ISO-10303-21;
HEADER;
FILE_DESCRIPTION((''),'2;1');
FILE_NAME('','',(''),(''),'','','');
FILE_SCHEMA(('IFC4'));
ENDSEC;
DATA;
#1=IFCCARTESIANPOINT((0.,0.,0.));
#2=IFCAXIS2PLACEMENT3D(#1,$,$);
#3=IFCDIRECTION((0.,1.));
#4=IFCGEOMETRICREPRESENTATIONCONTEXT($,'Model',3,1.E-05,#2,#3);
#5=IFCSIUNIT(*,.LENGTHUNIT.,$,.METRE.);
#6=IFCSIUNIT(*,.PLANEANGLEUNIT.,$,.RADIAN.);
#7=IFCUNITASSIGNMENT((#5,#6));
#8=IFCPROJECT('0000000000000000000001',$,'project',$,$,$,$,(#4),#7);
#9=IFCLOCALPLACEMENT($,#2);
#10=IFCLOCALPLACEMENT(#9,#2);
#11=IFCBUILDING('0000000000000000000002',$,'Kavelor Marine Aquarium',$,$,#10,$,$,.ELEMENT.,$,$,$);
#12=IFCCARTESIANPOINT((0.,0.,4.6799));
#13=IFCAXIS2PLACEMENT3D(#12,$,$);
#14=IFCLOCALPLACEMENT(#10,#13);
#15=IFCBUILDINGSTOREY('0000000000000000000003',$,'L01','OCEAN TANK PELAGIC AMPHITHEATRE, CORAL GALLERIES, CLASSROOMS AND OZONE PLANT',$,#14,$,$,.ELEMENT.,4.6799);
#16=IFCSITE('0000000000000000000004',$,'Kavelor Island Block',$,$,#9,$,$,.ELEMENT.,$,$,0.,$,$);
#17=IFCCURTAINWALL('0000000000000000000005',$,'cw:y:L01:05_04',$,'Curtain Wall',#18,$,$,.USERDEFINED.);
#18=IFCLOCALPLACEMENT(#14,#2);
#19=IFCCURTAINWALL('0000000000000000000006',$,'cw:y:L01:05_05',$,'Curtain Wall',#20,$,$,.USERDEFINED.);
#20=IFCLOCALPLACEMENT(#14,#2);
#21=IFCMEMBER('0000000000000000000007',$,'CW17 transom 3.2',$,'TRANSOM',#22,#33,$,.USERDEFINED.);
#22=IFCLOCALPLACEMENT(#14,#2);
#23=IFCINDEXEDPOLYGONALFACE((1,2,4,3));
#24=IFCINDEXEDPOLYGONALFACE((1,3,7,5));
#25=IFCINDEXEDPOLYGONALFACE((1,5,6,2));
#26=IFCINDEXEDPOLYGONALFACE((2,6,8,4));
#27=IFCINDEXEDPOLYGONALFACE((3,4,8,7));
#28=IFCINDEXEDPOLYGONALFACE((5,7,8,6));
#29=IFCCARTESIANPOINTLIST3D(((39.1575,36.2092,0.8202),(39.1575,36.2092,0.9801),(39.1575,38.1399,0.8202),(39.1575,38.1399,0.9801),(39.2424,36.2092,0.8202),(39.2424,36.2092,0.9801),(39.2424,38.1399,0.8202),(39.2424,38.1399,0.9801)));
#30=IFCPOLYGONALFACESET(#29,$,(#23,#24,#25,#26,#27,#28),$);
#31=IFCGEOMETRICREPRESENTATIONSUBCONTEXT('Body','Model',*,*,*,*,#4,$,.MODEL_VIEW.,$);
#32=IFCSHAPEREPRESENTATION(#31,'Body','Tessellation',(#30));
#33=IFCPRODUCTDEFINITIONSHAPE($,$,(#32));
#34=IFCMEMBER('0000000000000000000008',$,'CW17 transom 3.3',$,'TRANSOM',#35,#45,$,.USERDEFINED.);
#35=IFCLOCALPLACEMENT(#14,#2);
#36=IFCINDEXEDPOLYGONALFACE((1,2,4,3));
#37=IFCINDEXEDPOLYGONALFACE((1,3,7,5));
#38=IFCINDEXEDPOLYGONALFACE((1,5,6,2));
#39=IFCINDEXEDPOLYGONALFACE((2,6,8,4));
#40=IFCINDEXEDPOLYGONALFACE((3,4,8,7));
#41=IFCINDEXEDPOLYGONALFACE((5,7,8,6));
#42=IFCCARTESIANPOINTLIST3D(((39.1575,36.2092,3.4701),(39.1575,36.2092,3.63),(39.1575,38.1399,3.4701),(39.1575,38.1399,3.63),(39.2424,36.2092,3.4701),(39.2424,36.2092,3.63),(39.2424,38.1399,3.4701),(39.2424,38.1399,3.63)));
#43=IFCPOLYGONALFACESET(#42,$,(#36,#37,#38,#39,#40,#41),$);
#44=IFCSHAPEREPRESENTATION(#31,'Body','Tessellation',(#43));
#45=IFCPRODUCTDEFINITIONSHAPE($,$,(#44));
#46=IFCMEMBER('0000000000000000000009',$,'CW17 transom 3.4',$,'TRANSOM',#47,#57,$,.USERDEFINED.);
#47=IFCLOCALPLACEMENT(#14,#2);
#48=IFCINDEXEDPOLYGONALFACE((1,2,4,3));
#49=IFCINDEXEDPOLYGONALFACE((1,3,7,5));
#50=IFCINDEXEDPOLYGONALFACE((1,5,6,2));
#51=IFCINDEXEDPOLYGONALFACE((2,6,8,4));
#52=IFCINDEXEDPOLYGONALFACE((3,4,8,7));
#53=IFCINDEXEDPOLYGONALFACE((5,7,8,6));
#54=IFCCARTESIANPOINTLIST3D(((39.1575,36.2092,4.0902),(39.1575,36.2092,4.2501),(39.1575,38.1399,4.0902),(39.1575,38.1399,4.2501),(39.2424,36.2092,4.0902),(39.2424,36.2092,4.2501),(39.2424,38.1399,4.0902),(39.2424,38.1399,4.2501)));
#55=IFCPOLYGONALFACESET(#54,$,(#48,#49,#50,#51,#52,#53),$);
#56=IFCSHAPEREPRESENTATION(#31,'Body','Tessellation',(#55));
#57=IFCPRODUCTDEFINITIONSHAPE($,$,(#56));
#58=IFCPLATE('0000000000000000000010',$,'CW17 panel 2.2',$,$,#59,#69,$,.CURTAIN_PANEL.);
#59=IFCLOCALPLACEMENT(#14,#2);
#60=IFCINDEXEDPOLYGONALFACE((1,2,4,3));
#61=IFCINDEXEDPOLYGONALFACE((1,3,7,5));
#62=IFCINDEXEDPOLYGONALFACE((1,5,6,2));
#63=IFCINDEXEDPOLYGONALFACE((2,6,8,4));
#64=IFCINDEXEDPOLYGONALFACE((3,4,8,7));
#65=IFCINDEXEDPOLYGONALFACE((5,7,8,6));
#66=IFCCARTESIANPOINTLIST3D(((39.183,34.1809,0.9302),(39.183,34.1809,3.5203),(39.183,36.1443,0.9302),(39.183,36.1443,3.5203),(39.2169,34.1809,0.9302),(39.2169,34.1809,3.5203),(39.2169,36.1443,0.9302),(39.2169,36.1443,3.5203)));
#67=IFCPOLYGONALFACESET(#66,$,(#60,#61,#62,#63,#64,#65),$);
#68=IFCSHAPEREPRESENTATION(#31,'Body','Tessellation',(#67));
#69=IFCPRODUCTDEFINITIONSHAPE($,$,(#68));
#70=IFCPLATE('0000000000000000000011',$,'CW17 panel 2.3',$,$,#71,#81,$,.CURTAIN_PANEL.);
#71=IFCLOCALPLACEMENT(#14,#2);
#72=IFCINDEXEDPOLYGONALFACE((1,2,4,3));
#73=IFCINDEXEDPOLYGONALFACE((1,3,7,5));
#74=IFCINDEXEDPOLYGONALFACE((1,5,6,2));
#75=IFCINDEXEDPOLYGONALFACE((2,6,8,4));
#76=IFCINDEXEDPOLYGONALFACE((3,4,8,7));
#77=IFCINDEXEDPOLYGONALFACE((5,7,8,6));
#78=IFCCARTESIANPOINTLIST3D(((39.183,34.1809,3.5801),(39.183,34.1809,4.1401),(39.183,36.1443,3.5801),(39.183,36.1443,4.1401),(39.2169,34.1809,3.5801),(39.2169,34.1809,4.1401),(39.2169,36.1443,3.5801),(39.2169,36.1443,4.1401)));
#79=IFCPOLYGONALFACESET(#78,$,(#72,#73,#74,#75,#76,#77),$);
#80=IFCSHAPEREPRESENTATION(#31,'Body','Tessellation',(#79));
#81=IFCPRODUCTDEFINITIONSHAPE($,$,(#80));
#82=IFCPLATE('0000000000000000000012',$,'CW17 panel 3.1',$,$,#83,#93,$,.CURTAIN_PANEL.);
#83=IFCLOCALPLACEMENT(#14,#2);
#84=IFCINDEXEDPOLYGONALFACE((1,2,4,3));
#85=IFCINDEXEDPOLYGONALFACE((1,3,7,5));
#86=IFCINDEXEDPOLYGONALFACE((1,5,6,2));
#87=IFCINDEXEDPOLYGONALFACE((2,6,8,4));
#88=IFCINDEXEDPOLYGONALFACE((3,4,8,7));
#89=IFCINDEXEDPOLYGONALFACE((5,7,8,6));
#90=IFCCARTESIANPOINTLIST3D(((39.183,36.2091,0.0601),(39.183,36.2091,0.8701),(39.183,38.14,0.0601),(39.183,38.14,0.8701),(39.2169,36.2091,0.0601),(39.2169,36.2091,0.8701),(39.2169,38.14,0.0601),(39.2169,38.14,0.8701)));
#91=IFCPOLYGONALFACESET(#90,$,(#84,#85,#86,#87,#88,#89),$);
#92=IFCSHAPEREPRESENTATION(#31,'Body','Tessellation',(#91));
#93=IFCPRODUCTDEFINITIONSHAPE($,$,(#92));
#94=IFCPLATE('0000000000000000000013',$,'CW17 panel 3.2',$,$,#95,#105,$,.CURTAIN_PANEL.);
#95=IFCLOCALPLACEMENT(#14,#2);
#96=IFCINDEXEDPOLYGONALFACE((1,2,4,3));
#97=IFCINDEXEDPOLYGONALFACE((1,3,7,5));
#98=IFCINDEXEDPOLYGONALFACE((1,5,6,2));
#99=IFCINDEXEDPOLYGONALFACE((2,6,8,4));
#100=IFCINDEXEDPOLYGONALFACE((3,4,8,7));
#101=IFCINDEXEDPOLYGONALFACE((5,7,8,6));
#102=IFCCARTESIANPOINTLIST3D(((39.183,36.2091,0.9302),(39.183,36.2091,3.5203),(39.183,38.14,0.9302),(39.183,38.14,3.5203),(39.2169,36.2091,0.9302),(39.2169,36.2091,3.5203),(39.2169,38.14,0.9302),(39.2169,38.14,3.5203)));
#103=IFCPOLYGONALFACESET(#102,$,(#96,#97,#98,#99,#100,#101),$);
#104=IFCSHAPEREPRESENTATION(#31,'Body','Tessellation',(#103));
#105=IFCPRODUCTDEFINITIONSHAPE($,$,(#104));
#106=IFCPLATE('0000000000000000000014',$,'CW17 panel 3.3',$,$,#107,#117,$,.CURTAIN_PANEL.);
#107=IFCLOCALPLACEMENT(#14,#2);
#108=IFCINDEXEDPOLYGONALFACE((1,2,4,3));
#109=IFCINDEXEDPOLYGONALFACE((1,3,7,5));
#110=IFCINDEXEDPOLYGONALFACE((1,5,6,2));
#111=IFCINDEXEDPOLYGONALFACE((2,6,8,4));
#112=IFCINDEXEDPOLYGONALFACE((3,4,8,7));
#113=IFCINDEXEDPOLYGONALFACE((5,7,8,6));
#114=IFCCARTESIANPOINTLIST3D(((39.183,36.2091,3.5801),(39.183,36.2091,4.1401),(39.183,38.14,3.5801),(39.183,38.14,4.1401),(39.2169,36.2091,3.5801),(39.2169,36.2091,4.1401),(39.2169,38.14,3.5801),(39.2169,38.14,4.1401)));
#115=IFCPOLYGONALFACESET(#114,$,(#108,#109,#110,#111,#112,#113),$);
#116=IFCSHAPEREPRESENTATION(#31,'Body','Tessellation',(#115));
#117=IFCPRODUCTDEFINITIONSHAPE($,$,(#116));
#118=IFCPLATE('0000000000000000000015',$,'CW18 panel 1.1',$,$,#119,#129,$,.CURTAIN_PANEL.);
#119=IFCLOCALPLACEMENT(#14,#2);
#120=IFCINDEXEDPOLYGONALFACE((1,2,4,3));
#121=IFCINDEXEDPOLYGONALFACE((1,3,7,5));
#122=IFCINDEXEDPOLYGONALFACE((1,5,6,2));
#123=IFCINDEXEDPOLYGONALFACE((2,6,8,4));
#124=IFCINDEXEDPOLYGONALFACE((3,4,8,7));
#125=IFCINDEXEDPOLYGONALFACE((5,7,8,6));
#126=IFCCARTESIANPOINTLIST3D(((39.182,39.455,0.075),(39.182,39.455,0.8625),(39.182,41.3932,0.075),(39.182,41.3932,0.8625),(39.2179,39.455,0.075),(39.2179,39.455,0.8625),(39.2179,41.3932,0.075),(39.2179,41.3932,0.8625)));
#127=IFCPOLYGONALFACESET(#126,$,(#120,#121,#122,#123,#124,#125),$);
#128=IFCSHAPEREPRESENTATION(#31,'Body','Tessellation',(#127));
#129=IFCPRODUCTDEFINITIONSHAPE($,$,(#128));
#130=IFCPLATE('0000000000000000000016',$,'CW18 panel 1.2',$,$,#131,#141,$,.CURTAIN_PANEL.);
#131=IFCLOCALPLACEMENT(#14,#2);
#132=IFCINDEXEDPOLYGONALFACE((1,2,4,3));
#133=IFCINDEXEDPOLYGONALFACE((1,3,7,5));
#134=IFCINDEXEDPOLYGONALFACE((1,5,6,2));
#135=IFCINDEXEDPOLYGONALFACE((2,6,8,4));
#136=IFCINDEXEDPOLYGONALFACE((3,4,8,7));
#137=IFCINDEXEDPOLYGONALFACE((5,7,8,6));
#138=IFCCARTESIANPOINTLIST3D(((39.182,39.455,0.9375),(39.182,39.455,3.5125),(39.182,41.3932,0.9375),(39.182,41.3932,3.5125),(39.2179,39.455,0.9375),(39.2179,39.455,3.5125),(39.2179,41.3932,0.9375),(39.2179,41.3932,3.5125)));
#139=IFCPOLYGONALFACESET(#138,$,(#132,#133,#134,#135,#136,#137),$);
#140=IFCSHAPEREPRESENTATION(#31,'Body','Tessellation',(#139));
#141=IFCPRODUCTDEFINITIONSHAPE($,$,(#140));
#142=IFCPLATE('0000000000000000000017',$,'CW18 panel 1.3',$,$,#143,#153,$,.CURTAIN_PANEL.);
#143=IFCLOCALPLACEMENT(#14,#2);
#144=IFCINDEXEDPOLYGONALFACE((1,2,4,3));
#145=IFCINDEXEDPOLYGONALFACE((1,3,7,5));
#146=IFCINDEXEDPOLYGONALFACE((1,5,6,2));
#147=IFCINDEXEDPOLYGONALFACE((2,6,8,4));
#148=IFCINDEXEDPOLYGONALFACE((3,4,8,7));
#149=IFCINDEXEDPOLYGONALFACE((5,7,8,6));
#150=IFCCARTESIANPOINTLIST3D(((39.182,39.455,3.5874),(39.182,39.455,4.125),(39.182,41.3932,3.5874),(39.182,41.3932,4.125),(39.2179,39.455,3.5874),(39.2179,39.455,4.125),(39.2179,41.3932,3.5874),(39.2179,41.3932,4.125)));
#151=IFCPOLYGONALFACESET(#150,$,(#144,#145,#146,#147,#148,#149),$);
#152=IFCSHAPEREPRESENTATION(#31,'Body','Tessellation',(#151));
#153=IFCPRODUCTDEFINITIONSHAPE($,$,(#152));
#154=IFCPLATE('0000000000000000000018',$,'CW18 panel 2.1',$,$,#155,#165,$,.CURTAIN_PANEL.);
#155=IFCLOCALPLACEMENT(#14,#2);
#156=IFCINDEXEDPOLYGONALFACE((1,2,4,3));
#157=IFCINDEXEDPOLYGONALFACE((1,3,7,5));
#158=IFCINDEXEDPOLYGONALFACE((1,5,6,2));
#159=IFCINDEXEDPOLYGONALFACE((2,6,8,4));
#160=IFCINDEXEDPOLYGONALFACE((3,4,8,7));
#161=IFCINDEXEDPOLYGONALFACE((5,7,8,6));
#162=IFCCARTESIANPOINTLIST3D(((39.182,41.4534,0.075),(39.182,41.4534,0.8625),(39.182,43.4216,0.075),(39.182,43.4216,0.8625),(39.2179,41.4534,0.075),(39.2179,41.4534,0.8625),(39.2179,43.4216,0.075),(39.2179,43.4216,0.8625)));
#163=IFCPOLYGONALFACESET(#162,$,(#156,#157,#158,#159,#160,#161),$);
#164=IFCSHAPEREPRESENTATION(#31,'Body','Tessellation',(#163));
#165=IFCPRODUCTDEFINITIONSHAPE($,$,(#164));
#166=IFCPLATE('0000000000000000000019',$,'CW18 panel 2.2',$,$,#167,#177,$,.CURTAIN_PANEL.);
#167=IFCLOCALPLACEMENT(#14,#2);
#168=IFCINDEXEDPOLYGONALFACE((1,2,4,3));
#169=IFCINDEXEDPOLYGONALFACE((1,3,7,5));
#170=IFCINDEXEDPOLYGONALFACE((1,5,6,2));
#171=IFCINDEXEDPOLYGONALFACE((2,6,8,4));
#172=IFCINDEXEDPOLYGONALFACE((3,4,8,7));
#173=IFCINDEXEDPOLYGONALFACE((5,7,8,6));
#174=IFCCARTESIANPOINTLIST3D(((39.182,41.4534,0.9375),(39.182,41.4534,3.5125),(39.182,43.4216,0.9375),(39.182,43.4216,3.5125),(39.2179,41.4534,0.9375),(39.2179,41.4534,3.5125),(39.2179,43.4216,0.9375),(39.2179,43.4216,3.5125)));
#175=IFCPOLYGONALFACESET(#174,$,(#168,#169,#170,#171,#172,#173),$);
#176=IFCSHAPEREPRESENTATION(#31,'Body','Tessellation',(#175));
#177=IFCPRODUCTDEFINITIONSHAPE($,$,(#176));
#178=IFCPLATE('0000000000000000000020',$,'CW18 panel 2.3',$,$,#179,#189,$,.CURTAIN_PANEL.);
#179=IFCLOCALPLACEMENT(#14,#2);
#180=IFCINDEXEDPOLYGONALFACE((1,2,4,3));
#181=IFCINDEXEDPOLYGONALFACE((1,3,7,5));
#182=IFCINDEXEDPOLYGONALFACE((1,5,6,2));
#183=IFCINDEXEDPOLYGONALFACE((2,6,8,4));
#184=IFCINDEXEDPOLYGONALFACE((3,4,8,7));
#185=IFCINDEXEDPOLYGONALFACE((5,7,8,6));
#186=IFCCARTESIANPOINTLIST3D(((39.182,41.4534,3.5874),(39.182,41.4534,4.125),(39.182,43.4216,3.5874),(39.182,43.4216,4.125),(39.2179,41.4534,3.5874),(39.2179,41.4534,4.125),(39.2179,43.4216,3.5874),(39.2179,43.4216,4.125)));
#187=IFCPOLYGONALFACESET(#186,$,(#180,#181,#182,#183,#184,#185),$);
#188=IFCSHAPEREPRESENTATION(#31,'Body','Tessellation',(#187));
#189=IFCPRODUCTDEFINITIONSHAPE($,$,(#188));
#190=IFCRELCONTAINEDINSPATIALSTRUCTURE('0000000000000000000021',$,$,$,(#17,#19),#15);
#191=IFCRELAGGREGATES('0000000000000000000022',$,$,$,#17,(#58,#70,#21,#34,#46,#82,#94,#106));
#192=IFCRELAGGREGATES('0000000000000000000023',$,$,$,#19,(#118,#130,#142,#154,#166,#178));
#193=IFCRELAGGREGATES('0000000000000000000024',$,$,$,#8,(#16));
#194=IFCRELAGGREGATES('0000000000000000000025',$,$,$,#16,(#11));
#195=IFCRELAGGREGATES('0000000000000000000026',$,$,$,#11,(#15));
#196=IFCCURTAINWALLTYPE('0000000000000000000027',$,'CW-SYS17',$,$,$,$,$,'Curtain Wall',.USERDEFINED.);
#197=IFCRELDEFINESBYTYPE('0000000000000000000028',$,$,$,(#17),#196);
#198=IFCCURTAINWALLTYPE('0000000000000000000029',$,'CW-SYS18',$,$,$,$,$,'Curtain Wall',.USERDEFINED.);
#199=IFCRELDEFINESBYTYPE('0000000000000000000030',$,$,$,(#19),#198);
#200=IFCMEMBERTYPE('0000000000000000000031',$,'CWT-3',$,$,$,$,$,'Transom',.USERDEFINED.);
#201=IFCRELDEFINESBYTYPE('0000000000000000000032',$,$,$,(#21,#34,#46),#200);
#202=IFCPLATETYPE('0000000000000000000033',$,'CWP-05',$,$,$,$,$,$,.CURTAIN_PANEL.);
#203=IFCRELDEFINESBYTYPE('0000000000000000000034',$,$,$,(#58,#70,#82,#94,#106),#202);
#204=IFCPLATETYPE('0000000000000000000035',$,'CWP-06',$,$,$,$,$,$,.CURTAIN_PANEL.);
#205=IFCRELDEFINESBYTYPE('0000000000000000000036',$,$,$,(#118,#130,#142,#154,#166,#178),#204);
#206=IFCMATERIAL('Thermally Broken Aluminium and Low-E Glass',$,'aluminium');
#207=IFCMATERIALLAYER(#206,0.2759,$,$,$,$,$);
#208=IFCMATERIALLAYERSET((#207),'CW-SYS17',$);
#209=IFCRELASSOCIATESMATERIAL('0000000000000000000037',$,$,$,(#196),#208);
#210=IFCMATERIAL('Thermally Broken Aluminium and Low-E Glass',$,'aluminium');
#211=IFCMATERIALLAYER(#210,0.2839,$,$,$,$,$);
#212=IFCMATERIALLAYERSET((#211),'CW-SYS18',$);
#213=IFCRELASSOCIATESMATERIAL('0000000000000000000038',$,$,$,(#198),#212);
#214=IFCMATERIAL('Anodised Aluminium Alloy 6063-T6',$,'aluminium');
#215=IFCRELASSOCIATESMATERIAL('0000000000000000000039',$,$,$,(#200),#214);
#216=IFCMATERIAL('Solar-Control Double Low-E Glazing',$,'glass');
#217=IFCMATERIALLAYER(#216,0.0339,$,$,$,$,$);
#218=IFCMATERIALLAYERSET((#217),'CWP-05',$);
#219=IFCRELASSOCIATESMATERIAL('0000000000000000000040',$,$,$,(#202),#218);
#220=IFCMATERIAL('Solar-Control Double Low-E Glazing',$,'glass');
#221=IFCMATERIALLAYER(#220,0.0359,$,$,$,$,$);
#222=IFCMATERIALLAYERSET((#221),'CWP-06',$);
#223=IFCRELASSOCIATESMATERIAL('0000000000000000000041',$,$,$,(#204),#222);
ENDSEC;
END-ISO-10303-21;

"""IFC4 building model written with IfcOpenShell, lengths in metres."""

from ifc_helpers import new_model, si_unit, direction, frame, origin, origin_2d, place, context, subcontext, project, spatial, rectangle, extrude, material, layer, layer_set, material_profile, profile_set, type_object, element, aggregate, save


model = new_model("IFC4")

# Units and contexts
model_context = context("Model", 3, precision=1e-05, world=origin(), true_north=direction((0.0, 1.0)))
body_context = subcontext(model_context, "Body", "Model", "MODEL_VIEW")
ifc_project = project(units=[si_unit("LENGTHUNIT", "METRE"), si_unit("PLANEANGLEUNIT", "RADIAN")], contexts=[model_context])

# Site, building, storey
site_placement = place(None, origin())
site = spatial("IfcSite", under=ifc_project, at=site_placement, Name="Kavelor Island Block", CompositionType="ELEMENT", RefElevation=0.0)
building_placement = place(site_placement, origin())
building = spatial("IfcBuilding", under=site, at=building_placement, Name="Kavelor Marine Aquarium", CompositionType="ELEMENT")
storey_placement = place(building_placement, frame((0.0, 0.0, 4.6799)))
storey = spatial("IfcBuildingStorey", under=building, at=storey_placement, Name="L01", Description="OCEAN TANK PELAGIC AMPHITHEATRE, CORAL GALLERIES, CLASSROOMS AND OZONE PLANT", CompositionType="ELEMENT", Elevation=4.6799)

# Curtain walls
ifc_material_1 = material(Name="Thermally Broken Aluminium and Low-E Glass", Category="aluminium")
ifc_layer_1 = layer(ifc_material_1, 0.2759)
ifc_layer_set_1 = layer_set([ifc_layer_1], Name="CW-SYS17")
curtain_wall_type_1 = type_object("IfcCurtainWallType", Name="CW-SYS17", ElementType="Curtain Wall", PredefinedType="USERDEFINED", material=ifc_layer_set_1)
curtain_wall_1_placement = place(storey_placement, origin())
curtain_wall_1 = element("IfcCurtainWall", 1, at=curtain_wall_1_placement, inside=storey, type_object=curtain_wall_type_1, Name="cw:y:L01:05_04", ObjectType="Curtain Wall", PredefinedType="USERDEFINED")
ifc_material_2 = material(Name="Thermally Broken Aluminium and Low-E Glass", Category="aluminium")
ifc_layer_2 = layer(ifc_material_2, 0.2839)
ifc_layer_set_2 = layer_set([ifc_layer_2], Name="CW-SYS18")
curtain_wall_type_2 = type_object("IfcCurtainWallType", Name="CW-SYS18", ElementType="Curtain Wall", PredefinedType="USERDEFINED", material=ifc_layer_set_2)
curtain_wall_2_placement = place(storey_placement, origin())
curtain_wall_2 = element("IfcCurtainWall", 2, at=curtain_wall_2_placement, inside=storey, type_object=curtain_wall_type_2, Name="cw:y:L01:05_05", ObjectType="Curtain Wall", PredefinedType="USERDEFINED")

# Members
ifc_material_3 = material(Name="Anodised Aluminium Alloy 6063-T6", Category="aluminium")
ifc_material_profile_1 = material_profile(ifc_material_3, rectangle(XDim=0.085, YDim=0.1599, at=origin_2d()), Name="CW-TRN 85x160")
ifc_profile_set_1 = profile_set([ifc_material_profile_1], Name="Anodised Aluminium Alloy 6063-T6")
member_type_1 = type_object("IfcMemberType", Name="CWT-3", ElementType="Transom", PredefinedType="USERDEFINED", material=ifc_profile_set_1)
member_1_placement = place(storey_placement, frame((39.2, 36.2092, 0.9001), z_axis=(0.0, 1.0, 0.0), x_axis=(-1.0, 0.0, 0.0)))
member_1 = element("IfcMember", 3, at=member_1_placement, type_object=member_type_1, Name="CW17 transom 3.2", ObjectType="TRANSOM", PredefinedType="USERDEFINED", context=body_context, shape_type="SweptSolid", body=[
    extrude(rectangle(XDim=0.085, YDim=0.1599, at=origin_2d()), origin(), (0.0, 0.0, 1.0), 1.9307),
])
member_2_placement = place(storey_placement, frame((39.2, 36.2092, 3.55), z_axis=(0.0, 1.0, 0.0), x_axis=(-1.0, 0.0, 0.0)))
member_2 = element("IfcMember", 4, at=member_2_placement, type_object=member_type_1, Name="CW17 transom 3.3", ObjectType="TRANSOM", PredefinedType="USERDEFINED", context=body_context, shape_type="SweptSolid", body=[
    extrude(rectangle(XDim=0.085, YDim=0.1599, at=origin_2d()), origin(), (0.0, 0.0, 1.0), 1.9307),
])
member_3_placement = place(storey_placement, frame((39.2, 36.2092, 4.1702), z_axis=(0.0, 1.0, 0.0), x_axis=(-1.0, 0.0, 0.0)))
member_3 = element("IfcMember", 5, at=member_3_placement, type_object=member_type_1, Name="CW17 transom 3.4", ObjectType="TRANSOM", PredefinedType="USERDEFINED", context=body_context, shape_type="SweptSolid", body=[
    extrude(rectangle(XDim=0.085, YDim=0.1599, at=origin_2d()), origin(), (0.0, 0.0, 1.0), 1.9307),
])

# Plates
ifc_material_4 = material(Name="Solar-Control Double Low-E Glazing", Category="glass")
ifc_layer_3 = layer(ifc_material_4, 0.0339)
ifc_layer_set_3 = layer_set([ifc_layer_3], Name="CWP-05")
plate_type_1 = type_object("IfcPlateType", Name="CWP-05", PredefinedType="CURTAIN_PANEL", material=ifc_layer_set_3)
plate_1_placement = place(storey_placement, frame((39.2, 35.1626, 0.9302), z_axis=(0.0, 0.0, 1.0), x_axis=(0.0, 1.0, 0.0)))
plate_1 = element("IfcPlate", 6, at=plate_1_placement, type_object=plate_type_1, Name="CW17 panel 2.2", PredefinedType="CURTAIN_PANEL", context=body_context, shape_type="SweptSolid", body=[
    extrude(rectangle(XDim=1.9634, YDim=0.0339, at=origin_2d()), origin(), (0.0, 0.0, 1.0), 2.5901),
])
plate_2_placement = place(storey_placement, frame((39.2, 35.1626, 3.5801), z_axis=(0.0, 0.0, 1.0), x_axis=(0.0, 1.0, 0.0)))
plate_2 = element("IfcPlate", 7, at=plate_2_placement, type_object=plate_type_1, Name="CW17 panel 2.3", PredefinedType="CURTAIN_PANEL", context=body_context, shape_type="SweptSolid", body=[
    extrude(rectangle(XDim=1.9634, YDim=0.0339, at=origin_2d()), origin(), (0.0, 0.0, 1.0), 0.5601),
])
plate_3_placement = place(storey_placement, frame((39.2, 37.1746, 0.0601), z_axis=(0.0, 0.0, 1.0), x_axis=(0.0, 1.0, 0.0)))
plate_3 = element("IfcPlate", 8, at=plate_3_placement, type_object=plate_type_1, Name="CW17 panel 3.1", PredefinedType="CURTAIN_PANEL", context=body_context, shape_type="SweptSolid", body=[
    extrude(rectangle(XDim=1.9309, YDim=0.0339, at=origin_2d()), origin(), (0.0, 0.0, 1.0), 0.8101),
])
plate_4_placement = place(storey_placement, frame((39.2, 37.1746, 0.9302), z_axis=(0.0, 0.0, 1.0), x_axis=(0.0, 1.0, 0.0)))
plate_4 = element("IfcPlate", 9, at=plate_4_placement, type_object=plate_type_1, Name="CW17 panel 3.2", PredefinedType="CURTAIN_PANEL", context=body_context, shape_type="SweptSolid", body=[
    extrude(rectangle(XDim=1.9309, YDim=0.0339, at=origin_2d()), origin(), (0.0, 0.0, 1.0), 2.5901),
])
plate_5_placement = place(storey_placement, frame((39.2, 37.1746, 3.5801), z_axis=(0.0, 0.0, 1.0), x_axis=(0.0, 1.0, 0.0)))
plate_5 = element("IfcPlate", 10, at=plate_5_placement, type_object=plate_type_1, Name="CW17 panel 3.3", PredefinedType="CURTAIN_PANEL", context=body_context, shape_type="SweptSolid", body=[
    extrude(rectangle(XDim=1.9309, YDim=0.0339, at=origin_2d()), origin(), (0.0, 0.0, 1.0), 0.5601),
])
aggregate(curtain_wall_1, [plate_1, plate_2, member_1, member_2, member_3, plate_3, plate_4, plate_5])
ifc_material_5 = material(Name="Solar-Control Double Low-E Glazing", Category="glass")
ifc_layer_4 = layer(ifc_material_5, 0.0359)
ifc_layer_set_4 = layer_set([ifc_layer_4], Name="CWP-06")
plate_type_2 = type_object("IfcPlateType", Name="CWP-06", PredefinedType="CURTAIN_PANEL", material=ifc_layer_set_4)
plate_6_placement = place(storey_placement, frame((39.2, 40.4241, 0.075), z_axis=(0.0, 0.0, 1.0), x_axis=(0.0, 1.0, 0.0)))
plate_6 = element("IfcPlate", 11, at=plate_6_placement, type_object=plate_type_2, Name="CW18 panel 1.1", PredefinedType="CURTAIN_PANEL", context=body_context, shape_type="SweptSolid", body=[
    extrude(rectangle(XDim=1.9382, YDim=0.0359, at=origin_2d()), origin(), (0.0, 0.0, 1.0), 0.7876),
])
plate_7_placement = place(storey_placement, frame((39.2, 40.4241, 0.9375), z_axis=(0.0, 0.0, 1.0), x_axis=(0.0, 1.0, 0.0)))
plate_7 = element("IfcPlate", 12, at=plate_7_placement, type_object=plate_type_2, Name="CW18 panel 1.2", PredefinedType="CURTAIN_PANEL", context=body_context, shape_type="SweptSolid", body=[
    extrude(rectangle(XDim=1.9382, YDim=0.0359, at=origin_2d()), origin(), (0.0, 0.0, 1.0), 2.575),
])
plate_8_placement = place(storey_placement, frame((39.2, 40.4241, 3.5874), z_axis=(0.0, 0.0, 1.0), x_axis=(0.0, 1.0, 0.0)))
plate_8 = element("IfcPlate", 13, at=plate_8_placement, type_object=plate_type_2, Name="CW18 panel 1.3", PredefinedType="CURTAIN_PANEL", context=body_context, shape_type="SweptSolid", body=[
    extrude(rectangle(XDim=1.9382, YDim=0.0359, at=origin_2d()), origin(), (0.0, 0.0, 1.0), 0.5376),
])
plate_9_placement = place(storey_placement, frame((39.2, 42.4375, 0.075), z_axis=(0.0, 0.0, 1.0), x_axis=(0.0, 1.0, 0.0)))
plate_9 = element("IfcPlate", 14, at=plate_9_placement, type_object=plate_type_2, Name="CW18 panel 2.1", PredefinedType="CURTAIN_PANEL", context=body_context, shape_type="SweptSolid", body=[
    extrude(rectangle(XDim=1.9683, YDim=0.0359, at=origin_2d()), origin(), (0.0, 0.0, 1.0), 0.7876),
])
plate_10_placement = place(storey_placement, frame((39.2, 42.4375, 0.9375), z_axis=(0.0, 0.0, 1.0), x_axis=(0.0, 1.0, 0.0)))
plate_10 = element("IfcPlate", 15, at=plate_10_placement, type_object=plate_type_2, Name="CW18 panel 2.2", PredefinedType="CURTAIN_PANEL", context=body_context, shape_type="SweptSolid", body=[
    extrude(rectangle(XDim=1.9683, YDim=0.0359, at=origin_2d()), origin(), (0.0, 0.0, 1.0), 2.575),
])
plate_11_placement = place(storey_placement, frame((39.2, 42.4375, 3.5874), z_axis=(0.0, 0.0, 1.0), x_axis=(0.0, 1.0, 0.0)))
plate_11 = element("IfcPlate", 16, at=plate_11_placement, type_object=plate_type_2, Name="CW18 panel 2.3", PredefinedType="CURTAIN_PANEL", context=body_context, shape_type="SweptSolid", body=[
    extrude(rectangle(XDim=1.9683, YDim=0.0359, at=origin_2d()), origin(), (0.0, 0.0, 1.0), 0.5376),
])
aggregate(curtain_wall_2, [plate_6, plate_7, plate_8, plate_9, plate_10, plate_11])

save(model, "model.ifc")
